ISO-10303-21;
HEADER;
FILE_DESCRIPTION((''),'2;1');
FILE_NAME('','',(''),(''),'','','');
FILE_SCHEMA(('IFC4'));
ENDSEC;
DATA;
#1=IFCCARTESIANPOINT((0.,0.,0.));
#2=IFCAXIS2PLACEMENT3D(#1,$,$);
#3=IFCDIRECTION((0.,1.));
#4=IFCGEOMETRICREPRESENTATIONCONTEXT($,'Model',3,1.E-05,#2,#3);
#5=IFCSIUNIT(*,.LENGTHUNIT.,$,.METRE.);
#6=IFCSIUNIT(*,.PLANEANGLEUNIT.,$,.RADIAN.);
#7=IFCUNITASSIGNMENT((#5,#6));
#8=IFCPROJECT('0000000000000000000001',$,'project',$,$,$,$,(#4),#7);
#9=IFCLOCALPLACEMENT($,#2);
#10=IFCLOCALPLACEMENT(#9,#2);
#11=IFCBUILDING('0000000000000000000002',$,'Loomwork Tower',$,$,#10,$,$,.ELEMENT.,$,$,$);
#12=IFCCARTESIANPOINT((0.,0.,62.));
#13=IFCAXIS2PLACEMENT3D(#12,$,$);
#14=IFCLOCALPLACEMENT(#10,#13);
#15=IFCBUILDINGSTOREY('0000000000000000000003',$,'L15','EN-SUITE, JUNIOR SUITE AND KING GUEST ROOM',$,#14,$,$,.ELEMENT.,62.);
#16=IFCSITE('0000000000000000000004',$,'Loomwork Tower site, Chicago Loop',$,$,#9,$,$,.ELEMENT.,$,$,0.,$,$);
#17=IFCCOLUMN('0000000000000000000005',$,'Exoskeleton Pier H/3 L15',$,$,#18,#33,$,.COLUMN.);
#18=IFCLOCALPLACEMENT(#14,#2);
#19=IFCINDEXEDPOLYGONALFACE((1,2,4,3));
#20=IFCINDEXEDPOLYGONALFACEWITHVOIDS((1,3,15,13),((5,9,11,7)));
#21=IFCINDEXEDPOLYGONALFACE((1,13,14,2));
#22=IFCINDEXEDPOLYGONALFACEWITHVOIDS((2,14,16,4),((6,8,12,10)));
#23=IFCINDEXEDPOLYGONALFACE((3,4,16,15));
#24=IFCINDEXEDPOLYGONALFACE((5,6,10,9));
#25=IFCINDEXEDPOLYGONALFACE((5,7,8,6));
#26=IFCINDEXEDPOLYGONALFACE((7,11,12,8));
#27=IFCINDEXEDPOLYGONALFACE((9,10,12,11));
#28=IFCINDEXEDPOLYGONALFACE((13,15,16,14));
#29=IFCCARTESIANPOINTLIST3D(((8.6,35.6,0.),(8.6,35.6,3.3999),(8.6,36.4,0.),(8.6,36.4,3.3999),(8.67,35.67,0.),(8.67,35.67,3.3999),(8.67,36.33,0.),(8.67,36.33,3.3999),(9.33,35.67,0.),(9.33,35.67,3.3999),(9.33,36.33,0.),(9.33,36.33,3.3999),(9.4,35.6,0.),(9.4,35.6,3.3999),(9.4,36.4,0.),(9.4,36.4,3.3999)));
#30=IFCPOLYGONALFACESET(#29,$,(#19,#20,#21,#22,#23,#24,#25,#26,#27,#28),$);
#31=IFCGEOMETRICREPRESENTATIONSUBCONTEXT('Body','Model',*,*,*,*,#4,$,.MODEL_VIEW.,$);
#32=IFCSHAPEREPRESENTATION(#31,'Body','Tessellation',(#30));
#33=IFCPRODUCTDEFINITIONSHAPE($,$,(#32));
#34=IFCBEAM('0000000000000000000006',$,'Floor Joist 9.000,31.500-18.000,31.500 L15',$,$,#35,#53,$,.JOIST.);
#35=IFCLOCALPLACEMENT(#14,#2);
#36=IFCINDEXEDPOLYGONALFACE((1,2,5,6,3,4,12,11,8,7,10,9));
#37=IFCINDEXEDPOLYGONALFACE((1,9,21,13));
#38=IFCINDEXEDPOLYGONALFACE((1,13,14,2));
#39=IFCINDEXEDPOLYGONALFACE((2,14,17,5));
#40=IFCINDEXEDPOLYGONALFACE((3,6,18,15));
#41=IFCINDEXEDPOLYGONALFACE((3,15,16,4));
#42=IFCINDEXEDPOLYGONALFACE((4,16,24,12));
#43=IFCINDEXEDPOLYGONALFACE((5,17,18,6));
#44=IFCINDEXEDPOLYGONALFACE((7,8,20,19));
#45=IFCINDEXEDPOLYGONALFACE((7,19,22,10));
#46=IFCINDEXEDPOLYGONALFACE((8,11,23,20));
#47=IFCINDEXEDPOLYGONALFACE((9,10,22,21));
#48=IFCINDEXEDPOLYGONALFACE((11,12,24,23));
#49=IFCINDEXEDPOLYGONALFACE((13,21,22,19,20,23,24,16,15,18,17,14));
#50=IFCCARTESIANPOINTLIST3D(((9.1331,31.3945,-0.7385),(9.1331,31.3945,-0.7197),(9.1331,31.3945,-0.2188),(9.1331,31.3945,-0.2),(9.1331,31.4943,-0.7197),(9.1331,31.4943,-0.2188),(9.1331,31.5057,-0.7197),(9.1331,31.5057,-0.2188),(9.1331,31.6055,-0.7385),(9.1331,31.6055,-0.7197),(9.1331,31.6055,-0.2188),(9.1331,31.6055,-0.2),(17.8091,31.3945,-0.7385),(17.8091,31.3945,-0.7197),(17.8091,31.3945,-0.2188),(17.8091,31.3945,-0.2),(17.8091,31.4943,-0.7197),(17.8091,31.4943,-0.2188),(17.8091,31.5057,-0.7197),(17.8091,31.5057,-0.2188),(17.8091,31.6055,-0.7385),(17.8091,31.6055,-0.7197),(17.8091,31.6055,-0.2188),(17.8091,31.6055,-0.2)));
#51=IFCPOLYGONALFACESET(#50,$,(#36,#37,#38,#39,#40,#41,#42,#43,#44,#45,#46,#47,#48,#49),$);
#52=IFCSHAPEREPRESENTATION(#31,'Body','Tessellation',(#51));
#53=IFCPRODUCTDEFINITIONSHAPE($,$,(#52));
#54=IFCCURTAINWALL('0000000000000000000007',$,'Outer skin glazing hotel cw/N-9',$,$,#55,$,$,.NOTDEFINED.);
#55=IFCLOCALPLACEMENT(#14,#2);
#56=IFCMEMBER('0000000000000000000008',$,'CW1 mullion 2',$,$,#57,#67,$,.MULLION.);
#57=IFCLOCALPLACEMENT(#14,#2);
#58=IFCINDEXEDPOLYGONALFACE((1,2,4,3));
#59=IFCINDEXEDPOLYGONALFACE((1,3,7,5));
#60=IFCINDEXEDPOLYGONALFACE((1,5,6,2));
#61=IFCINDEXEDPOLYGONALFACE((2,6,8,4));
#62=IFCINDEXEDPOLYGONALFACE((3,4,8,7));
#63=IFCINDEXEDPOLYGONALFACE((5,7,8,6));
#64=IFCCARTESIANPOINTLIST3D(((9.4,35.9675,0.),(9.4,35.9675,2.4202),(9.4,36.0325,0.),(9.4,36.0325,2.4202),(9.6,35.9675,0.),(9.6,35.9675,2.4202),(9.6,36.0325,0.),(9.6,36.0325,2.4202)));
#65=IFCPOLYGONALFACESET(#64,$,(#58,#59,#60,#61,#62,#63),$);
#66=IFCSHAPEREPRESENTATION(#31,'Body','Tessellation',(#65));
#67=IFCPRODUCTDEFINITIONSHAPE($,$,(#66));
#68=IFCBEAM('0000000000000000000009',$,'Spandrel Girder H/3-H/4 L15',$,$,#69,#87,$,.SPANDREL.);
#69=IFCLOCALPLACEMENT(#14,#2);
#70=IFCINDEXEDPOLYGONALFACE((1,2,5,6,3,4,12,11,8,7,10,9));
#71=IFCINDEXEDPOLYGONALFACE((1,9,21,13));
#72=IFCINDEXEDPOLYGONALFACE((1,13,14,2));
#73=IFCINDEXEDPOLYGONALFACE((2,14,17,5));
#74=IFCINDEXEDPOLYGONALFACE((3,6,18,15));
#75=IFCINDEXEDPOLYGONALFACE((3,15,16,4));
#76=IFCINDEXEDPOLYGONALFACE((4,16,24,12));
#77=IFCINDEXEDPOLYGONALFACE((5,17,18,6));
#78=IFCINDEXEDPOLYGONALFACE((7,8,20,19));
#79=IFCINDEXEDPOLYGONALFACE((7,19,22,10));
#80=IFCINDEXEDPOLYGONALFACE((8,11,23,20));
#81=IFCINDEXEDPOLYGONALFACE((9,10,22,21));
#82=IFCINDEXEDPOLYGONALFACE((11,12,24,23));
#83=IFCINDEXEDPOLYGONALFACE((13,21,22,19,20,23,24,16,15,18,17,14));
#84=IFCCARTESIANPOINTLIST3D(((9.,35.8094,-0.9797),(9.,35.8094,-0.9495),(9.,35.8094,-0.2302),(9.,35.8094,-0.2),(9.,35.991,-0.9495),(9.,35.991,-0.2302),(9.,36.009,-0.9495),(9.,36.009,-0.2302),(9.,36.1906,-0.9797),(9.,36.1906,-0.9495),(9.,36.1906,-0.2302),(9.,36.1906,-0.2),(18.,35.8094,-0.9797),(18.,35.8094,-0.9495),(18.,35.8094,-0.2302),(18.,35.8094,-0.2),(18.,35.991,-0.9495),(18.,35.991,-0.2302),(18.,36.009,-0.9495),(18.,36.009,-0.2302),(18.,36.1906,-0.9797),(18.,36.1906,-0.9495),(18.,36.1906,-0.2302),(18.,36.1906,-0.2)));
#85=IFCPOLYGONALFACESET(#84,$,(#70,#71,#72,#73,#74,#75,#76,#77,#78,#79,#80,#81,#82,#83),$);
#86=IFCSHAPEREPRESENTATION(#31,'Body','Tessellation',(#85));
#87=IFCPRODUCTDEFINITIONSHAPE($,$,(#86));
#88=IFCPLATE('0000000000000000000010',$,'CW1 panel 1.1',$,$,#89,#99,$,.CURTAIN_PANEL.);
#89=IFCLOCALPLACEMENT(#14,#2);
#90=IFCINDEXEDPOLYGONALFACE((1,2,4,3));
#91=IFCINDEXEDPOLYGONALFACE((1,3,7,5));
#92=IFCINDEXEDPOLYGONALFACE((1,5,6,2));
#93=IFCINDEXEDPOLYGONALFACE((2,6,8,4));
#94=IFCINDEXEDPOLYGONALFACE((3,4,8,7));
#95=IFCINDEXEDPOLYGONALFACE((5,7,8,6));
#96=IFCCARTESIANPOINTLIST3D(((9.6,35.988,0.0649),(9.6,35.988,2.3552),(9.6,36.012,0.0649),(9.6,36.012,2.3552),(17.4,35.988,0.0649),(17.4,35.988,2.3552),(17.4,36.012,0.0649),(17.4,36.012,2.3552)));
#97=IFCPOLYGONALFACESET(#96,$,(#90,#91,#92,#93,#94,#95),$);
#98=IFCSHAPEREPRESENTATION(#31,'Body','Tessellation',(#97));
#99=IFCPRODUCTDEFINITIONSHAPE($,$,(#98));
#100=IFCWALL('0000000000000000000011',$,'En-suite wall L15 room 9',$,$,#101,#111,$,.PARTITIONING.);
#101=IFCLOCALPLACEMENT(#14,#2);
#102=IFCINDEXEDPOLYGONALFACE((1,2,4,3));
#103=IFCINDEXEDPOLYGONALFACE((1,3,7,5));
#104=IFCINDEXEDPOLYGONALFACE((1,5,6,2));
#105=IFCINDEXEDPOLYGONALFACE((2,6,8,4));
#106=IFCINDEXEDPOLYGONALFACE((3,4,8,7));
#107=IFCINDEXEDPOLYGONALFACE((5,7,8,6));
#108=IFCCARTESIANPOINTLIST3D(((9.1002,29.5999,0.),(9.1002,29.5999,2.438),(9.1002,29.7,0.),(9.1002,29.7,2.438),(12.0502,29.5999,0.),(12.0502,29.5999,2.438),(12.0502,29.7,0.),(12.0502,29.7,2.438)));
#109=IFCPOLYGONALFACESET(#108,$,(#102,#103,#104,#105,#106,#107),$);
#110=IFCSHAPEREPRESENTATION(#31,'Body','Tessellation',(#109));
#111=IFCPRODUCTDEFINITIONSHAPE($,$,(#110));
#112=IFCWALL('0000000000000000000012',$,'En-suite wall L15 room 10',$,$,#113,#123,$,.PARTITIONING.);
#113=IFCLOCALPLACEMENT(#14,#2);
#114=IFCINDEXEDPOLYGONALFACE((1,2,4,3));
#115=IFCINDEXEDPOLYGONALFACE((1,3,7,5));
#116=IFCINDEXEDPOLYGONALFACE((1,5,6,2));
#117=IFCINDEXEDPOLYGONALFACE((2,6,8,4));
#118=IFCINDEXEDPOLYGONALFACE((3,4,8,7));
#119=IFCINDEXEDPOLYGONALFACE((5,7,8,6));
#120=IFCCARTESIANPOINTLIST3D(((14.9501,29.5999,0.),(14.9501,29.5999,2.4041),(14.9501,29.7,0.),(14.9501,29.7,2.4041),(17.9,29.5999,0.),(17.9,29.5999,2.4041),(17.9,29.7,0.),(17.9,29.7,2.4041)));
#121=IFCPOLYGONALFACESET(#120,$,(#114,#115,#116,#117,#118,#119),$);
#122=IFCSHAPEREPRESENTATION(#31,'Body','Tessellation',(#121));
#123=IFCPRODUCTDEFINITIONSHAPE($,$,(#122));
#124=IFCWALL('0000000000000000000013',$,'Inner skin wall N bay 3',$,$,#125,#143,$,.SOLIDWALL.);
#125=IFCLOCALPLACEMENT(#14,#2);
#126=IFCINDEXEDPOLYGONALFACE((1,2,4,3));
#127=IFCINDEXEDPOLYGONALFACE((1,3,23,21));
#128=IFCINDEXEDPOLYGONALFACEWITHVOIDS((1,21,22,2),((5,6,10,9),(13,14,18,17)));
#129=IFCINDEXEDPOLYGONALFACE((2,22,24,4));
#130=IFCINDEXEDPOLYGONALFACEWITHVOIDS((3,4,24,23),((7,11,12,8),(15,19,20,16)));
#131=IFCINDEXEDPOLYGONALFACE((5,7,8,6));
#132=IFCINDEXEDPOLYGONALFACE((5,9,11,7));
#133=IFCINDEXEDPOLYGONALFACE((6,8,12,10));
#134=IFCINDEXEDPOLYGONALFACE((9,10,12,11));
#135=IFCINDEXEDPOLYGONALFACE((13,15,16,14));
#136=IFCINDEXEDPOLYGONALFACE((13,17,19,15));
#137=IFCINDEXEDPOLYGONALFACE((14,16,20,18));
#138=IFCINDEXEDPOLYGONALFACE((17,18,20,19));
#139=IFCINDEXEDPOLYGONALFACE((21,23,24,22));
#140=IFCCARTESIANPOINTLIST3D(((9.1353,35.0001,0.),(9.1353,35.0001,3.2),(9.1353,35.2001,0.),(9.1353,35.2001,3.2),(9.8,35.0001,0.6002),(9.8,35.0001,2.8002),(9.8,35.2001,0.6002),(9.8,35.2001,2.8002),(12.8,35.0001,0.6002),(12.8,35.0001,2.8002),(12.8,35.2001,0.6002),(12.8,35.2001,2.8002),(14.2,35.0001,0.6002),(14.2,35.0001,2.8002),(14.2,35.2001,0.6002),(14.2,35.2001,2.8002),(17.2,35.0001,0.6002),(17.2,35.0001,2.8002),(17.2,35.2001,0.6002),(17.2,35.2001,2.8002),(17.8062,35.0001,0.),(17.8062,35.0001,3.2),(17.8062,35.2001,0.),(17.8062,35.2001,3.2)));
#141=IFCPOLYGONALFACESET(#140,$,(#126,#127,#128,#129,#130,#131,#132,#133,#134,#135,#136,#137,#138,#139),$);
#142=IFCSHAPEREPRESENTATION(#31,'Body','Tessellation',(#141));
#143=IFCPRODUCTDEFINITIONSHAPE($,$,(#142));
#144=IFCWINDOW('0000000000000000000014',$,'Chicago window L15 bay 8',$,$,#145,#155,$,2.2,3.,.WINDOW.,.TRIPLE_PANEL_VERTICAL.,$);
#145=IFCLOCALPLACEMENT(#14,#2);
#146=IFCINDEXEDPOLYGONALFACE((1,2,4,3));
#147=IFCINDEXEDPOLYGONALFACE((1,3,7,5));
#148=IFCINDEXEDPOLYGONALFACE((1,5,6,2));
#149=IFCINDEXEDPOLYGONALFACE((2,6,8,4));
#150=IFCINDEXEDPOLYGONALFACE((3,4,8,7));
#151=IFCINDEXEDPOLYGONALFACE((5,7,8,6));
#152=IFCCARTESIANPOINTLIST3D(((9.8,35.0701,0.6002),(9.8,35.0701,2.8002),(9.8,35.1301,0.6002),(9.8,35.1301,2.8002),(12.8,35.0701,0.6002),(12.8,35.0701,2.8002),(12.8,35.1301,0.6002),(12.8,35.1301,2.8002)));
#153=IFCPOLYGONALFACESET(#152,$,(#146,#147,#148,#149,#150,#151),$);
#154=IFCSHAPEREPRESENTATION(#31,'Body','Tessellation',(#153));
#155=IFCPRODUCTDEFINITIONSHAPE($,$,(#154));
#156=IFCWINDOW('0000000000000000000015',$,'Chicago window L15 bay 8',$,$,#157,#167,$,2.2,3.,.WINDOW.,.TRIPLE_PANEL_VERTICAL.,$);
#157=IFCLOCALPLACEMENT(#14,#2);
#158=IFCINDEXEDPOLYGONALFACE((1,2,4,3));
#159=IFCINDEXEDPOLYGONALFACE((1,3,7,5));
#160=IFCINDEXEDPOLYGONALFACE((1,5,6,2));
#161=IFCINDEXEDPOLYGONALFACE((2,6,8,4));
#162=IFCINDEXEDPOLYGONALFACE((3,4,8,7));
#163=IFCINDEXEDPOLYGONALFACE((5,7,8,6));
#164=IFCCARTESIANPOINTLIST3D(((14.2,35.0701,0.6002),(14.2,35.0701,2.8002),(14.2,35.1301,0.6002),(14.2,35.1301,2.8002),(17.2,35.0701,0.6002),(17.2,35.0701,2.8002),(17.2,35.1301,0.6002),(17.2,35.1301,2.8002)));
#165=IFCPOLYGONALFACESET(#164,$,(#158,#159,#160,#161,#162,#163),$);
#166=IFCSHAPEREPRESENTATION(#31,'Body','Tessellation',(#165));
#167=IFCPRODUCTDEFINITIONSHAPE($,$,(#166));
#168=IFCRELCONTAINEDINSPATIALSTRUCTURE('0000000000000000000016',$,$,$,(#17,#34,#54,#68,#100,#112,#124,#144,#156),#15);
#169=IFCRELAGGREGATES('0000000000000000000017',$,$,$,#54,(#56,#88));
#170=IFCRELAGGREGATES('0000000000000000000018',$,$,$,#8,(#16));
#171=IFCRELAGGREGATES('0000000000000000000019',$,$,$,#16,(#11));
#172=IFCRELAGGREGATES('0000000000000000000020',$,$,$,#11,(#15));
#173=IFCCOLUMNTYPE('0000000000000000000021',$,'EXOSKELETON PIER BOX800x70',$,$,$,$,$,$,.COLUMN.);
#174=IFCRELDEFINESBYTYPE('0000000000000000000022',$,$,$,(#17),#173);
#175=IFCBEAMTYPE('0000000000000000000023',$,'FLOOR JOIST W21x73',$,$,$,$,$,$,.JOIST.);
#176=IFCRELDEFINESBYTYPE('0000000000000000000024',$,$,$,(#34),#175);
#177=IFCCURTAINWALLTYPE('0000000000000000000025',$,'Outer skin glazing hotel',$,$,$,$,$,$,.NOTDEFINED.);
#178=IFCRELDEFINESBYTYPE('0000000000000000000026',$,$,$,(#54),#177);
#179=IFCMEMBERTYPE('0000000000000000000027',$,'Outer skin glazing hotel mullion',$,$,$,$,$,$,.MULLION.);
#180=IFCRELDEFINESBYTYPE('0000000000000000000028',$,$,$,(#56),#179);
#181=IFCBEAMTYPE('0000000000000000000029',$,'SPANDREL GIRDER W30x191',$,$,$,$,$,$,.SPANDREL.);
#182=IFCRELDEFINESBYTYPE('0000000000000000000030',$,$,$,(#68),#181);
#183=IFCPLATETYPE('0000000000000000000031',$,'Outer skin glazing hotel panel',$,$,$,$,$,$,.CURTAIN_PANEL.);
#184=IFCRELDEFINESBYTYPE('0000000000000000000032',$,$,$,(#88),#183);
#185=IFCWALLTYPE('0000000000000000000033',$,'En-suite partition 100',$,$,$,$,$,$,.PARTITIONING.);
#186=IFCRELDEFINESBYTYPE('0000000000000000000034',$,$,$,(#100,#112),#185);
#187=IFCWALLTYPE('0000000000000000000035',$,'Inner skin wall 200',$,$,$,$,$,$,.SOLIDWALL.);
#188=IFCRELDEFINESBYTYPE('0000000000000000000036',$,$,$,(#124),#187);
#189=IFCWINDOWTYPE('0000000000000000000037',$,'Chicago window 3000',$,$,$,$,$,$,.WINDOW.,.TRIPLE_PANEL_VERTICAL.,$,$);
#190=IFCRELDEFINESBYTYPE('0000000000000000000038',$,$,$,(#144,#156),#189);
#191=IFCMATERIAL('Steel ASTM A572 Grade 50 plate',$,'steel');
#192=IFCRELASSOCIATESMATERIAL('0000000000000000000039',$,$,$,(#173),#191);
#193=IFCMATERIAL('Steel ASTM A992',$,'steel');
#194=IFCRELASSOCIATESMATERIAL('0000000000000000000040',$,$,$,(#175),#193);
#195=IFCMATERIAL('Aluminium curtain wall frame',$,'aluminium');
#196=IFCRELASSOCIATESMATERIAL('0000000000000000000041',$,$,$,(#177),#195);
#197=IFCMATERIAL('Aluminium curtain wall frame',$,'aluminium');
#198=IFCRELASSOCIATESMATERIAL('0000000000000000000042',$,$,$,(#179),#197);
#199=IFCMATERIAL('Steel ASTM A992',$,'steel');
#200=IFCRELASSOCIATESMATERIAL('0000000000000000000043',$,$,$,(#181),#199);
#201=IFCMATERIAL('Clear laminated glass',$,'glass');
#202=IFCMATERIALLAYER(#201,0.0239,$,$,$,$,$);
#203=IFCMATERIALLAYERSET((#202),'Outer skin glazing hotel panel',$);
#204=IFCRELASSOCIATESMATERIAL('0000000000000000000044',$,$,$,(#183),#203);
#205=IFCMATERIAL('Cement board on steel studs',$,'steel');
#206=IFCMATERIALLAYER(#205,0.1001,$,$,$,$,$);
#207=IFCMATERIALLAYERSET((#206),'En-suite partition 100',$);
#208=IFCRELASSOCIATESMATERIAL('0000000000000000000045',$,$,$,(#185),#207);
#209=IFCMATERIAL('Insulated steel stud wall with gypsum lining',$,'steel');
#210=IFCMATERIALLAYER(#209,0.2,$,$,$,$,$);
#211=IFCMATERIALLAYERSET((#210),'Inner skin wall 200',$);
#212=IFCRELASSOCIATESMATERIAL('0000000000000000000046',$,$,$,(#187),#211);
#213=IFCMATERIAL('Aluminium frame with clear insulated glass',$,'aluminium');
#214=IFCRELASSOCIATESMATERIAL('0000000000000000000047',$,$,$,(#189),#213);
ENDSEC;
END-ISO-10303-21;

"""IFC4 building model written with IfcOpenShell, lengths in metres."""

from ifc_helpers import new_model, si_unit, direction, frame, frame_2d, origin, origin_2d, place, context, subcontext, project, spatial, rectangle, hollow_rectangle, i_section, extrude, material, layer, layer_set, material_profile, profile_set, type_object, element, fill, aggregate, save


model = new_model("IFC4")

# Units and contexts
model_context = context("Model", 3, precision=1e-05, world=origin(), true_north=direction((0.0, 1.0)))
body_context = subcontext(model_context, "Body", "Model", "MODEL_VIEW")
ifc_project = project(units=[si_unit("LENGTHUNIT", "METRE"), si_unit("PLANEANGLEUNIT", "RADIAN")], contexts=[model_context])

# Site, building, storey
site_placement = place(None, origin())
site = spatial("IfcSite", under=ifc_project, at=site_placement, Name="Loomwork Tower site, Chicago Loop", CompositionType="ELEMENT", RefElevation=0.0)
building_placement = place(site_placement, origin())
building = spatial("IfcBuilding", under=site, at=building_placement, Name="Loomwork Tower", CompositionType="ELEMENT")
storey_placement = place(building_placement, frame((0.0, 0.0, 62.0)))
storey = spatial("IfcBuildingStorey", under=building, at=storey_placement, Name="L15", Description="EN-SUITE, JUNIOR SUITE AND KING GUEST ROOM", CompositionType="ELEMENT", Elevation=62.0)

# Column
ifc_material_1 = material(Name="Steel ASTM A572 Grade 50 plate", Category="steel")
ifc_material_profile_1 = material_profile(ifc_material_1, hollow_rectangle(XDim=0.8, YDim=0.8, WallThickness=0.0701, at=origin_2d()), Name="BOX800x70")
ifc_profile_set_1 = profile_set([ifc_material_profile_1], Name="Steel ASTM A572 Grade 50 plate")
column_type = type_object("IfcColumnType", Name="EXOSKELETON PIER BOX800x70", PredefinedType="COLUMN", material=ifc_profile_set_1)
column_placement = place(storey_placement, frame((9.0, 36.0, 0.0), z_axis=(0.0, 0.0, 1.0), x_axis=(1.0, 0.0, 0.0)))
element("IfcColumn", 1, at=column_placement, inside=storey, type_object=column_type, Name="Exoskeleton Pier H/3 L15", PredefinedType="COLUMN", context=body_context, shape_type="SweptSolid", body=[
    extrude(hollow_rectangle(XDim=0.8, YDim=0.8, WallThickness=0.0701, at=origin_2d()), origin(), (0.0, 0.0, 1.0), 3.3999),
])

# Beam
ifc_material_2 = material(Name="Steel ASTM A992", Category="steel")
ifc_material_profile_2 = material_profile(ifc_material_2, i_section(OverallWidth=0.2109, OverallDepth=0.5386, WebThickness=0.0115, FlangeThickness=0.0188, at=origin_2d()), Name="W21x73")
ifc_profile_set_2 = profile_set([ifc_material_profile_2], Name="Steel ASTM A992")
beam_type_1 = type_object("IfcBeamType", Name="FLOOR JOIST W21x73", PredefinedType="JOIST", material=ifc_profile_set_2)
beam_1_placement = place(storey_placement, frame((9.1331, 31.5, -0.4692), z_axis=(1.0, 0.0, 0.0), x_axis=(0.0, 1.0, 0.0)))
element("IfcBeam", 2, at=beam_1_placement, inside=storey, type_object=beam_type_1, Name="Floor Joist 9.000,31.500-18.000,31.500 L15", PredefinedType="JOIST", context=body_context, shape_type="SweptSolid", body=[
    extrude(i_section(OverallWidth=0.2109, OverallDepth=0.5386, WebThickness=0.0115, FlangeThickness=0.0188, at=origin_2d()), origin(), (0.0, 0.0, 1.0), 8.676),
])

# Curtain wall, member
ifc_material_3 = material(Name="Aluminium curtain wall frame", Category="aluminium")
curtain_wall_type = type_object("IfcCurtainWallType", Name="Outer skin glazing hotel", PredefinedType="NOTDEFINED", material=ifc_material_3)
curtain_wall_placement = place(storey_placement, origin())
curtain_wall = element("IfcCurtainWall", 3, at=curtain_wall_placement, inside=storey, type_object=curtain_wall_type, Name="Outer skin glazing hotel cw/N-9", PredefinedType="NOTDEFINED")
ifc_material_4 = material(Name="Aluminium curtain wall frame", Category="aluminium")
ifc_material_profile_3 = material_profile(ifc_material_4, rectangle(XDim=0.0649, YDim=0.2, at=origin_2d()), Name="AL 65x200")
ifc_profile_set_3 = profile_set([ifc_material_profile_3], Name="Aluminium curtain wall frame")
member_type = type_object("IfcMemberType", Name="Outer skin glazing hotel mullion", PredefinedType="MULLION", material=ifc_profile_set_3)
member_placement = place(storey_placement, frame((9.5, 36.0, 0.0), z_axis=(0.0, 0.0, 1.0), x_axis=(0.0, -1.0, 0.0)))
member = element("IfcMember", 4, at=member_placement, type_object=member_type, Name="CW1 mullion 2", PredefinedType="MULLION", context=body_context, shape_type="SweptSolid", body=[
    extrude(rectangle(XDim=0.0649, YDim=0.2, at=origin_2d()), origin(), (0.0, 0.0, 1.0), 2.4202),
])

# Beam
ifc_material_5 = material(Name="Steel ASTM A992", Category="steel")
ifc_material_profile_4 = material_profile(ifc_material_5, i_section(OverallWidth=0.3811, OverallDepth=0.7798, WebThickness=0.0181, FlangeThickness=0.0303, at=origin_2d()), Name="W30x191")
ifc_profile_set_4 = profile_set([ifc_material_profile_4], Name="Steel ASTM A992")
beam_type_2 = type_object("IfcBeamType", Name="SPANDREL GIRDER W30x191", PredefinedType="SPANDREL", material=ifc_profile_set_4)
beam_2_placement = place(storey_placement, frame((9.0, 36.0, -0.5898), z_axis=(1.0, 0.0, 0.0), x_axis=(0.0, 1.0, 0.0)))
element("IfcBeam", 5, at=beam_2_placement, inside=storey, type_object=beam_type_2, Name="Spandrel Girder H/3-H/4 L15", PredefinedType="SPANDREL", context=body_context, shape_type="SweptSolid", body=[
    extrude(i_section(OverallWidth=0.3811, OverallDepth=0.7798, WebThickness=0.0181, FlangeThickness=0.0303, at=origin_2d()), origin(), (0.0, 0.0, 1.0), 9.0),
])

# Plate
ifc_material_6 = material(Name="Clear laminated glass", Category="glass")
ifc_layer_1 = layer(ifc_material_6, 0.0239)
ifc_layer_set_1 = layer_set([ifc_layer_1], Name="Outer skin glazing hotel panel")
plate_type = type_object("IfcPlateType", Name="Outer skin glazing hotel panel", PredefinedType="CURTAIN_PANEL", material=ifc_layer_set_1)
plate_placement = place(storey_placement, frame((13.5, 36.0, 0.0649), z_axis=(0.0, 0.0, 1.0), x_axis=(-1.0, 0.0, 0.0)))
plate = element("IfcPlate", 6, at=plate_placement, type_object=plate_type, Name="CW1 panel 1.1", PredefinedType="CURTAIN_PANEL", context=body_context, shape_type="SweptSolid", body=[
    extrude(rectangle(XDim=7.8, YDim=0.0239, at=origin_2d()), origin(), (0.0, 0.0, 1.0), 2.2903),
])
aggregate(curtain_wall, [member, plate])

# Walls
ifc_material_7 = material(Name="Cement board on steel studs", Category="steel")
ifc_layer_2 = layer(ifc_material_7, 0.1001)
ifc_layer_set_2 = layer_set([ifc_layer_2], Name="En-suite partition 100")
wall_type_1 = type_object("IfcWallType", Name="En-suite partition 100", PredefinedType="PARTITIONING", material=ifc_layer_set_2)
wall_1_placement = place(storey_placement, frame((9.1001, 29.6499, 0.0), z_axis=(0.0, 0.0, 1.0), x_axis=(1.0, 0.0, 0.0)))
element("IfcWall", 7, at=wall_1_placement, inside=storey, type_object=wall_type_1, Name="En-suite wall L15 room 9", PredefinedType="PARTITIONING", context=body_context, shape_type="SweptSolid", body=[
    extrude(rectangle(XDim=2.95, YDim=0.1001, at=frame_2d((1.4751, 0.0))), origin(), (0.0, 0.0, 1.0), 2.438),
])
wall_2_placement = place(storey_placement, frame((14.95, 29.6499, 0.0), z_axis=(0.0, 0.0, 1.0), x_axis=(1.0, 0.0, 0.0)))
element("IfcWall", 8, at=wall_2_placement, inside=storey, type_object=wall_type_1, Name="En-suite wall L15 room 10", PredefinedType="PARTITIONING", context=body_context, shape_type="SweptSolid", body=[
    extrude(rectangle(XDim=2.95, YDim=0.1001, at=frame_2d((1.4751, 0.0))), origin(), (0.0, 0.0, 1.0), 2.4041),
])

# Wall, openings, windows
ifc_material_8 = material(Name="Insulated steel stud wall with gypsum lining", Category="steel")
ifc_layer_3 = layer(ifc_material_8, 0.2)
ifc_layer_set_3 = layer_set([ifc_layer_3], Name="Inner skin wall 200")
wall_type_2 = type_object("IfcWallType", Name="Inner skin wall 200", PredefinedType="SOLIDWALL", material=ifc_layer_set_3)
wall_3_placement = place(storey_placement, frame((9.1353, 35.1001, 0.0), z_axis=(0.0, 0.0, 1.0), x_axis=(1.0, 0.0, 0.0)))
wall_3 = element("IfcWall", 9, at=wall_3_placement, inside=storey, type_object=wall_type_2, Name="Inner skin wall N bay 3", PredefinedType="SOLIDWALL", context=body_context, shape_type="SweptSolid", body=[
    extrude(rectangle(XDim=8.6709, YDim=0.2, at=frame_2d((4.3354, 0.0))), origin(), (0.0, 0.0, 1.0), 3.2),
])
opening_1_placement = place(wall_3_placement, frame((0.6648, 0.0, 0.6001)))
opening_1 = element("IfcOpeningElement", 10, at=opening_1_placement, cuts=wall_3, PredefinedType="OPENING", context=body_context, shape_type="SweptSolid", body=[
    extrude(rectangle(XDim=3.0, YDim=2.2, at=frame_2d((1.5, 1.1001))), frame((0.0, 0.1099, 0.0), z_axis=(0.0, -1.0, 0.0), x_axis=(1.0, 0.0, 0.0)), (0.0, 0.0, 1.0), 0.22),
])
opening_2_placement = place(wall_3_placement, frame((5.0647, 0.0, 0.6001)))
opening_2 = element("IfcOpeningElement", 11, at=opening_2_placement, cuts=wall_3, PredefinedType="OPENING", context=body_context, shape_type="SweptSolid", body=[
    extrude(rectangle(XDim=3.0, YDim=2.2, at=frame_2d((1.5, 1.1001))), frame((0.0, 0.1099, 0.0), z_axis=(0.0, -1.0, 0.0), x_axis=(1.0, 0.0, 0.0)), (0.0, 0.0, 1.0), 0.22),
])
ifc_material_9 = material(Name="Aluminium frame with clear insulated glass", Category="aluminium")
window_type = type_object("IfcWindowType", Name="Chicago window 3000", PartitioningType="TRIPLE_PANEL_VERTICAL", PredefinedType="WINDOW", material=ifc_material_9)
window_1_placement = place(opening_1_placement, origin())
window_1 = element("IfcWindow", 12, at=window_1_placement, inside=storey, type_object=window_type, Name="Chicago window L15 bay 8", OverallHeight=2.2, OverallWidth=3.0, PartitioningType="TRIPLE_PANEL_VERTICAL", PredefinedType="WINDOW", context=body_context, shape_type="SweptSolid", body=[
    extrude(rectangle(XDim=3.0, YDim=2.2, at=frame_2d((1.5, 1.1001))), frame((0.0, 0.03, 0.0), z_axis=(0.0, -1.0, 0.0), x_axis=(1.0, 0.0, 0.0)), (0.0, 0.0, 1.0), 0.0601),
])
fill(opening_1, window_1)
window_2_placement = place(opening_2_placement, origin())
window_2 = element("IfcWindow", 13, at=window_2_placement, inside=storey, type_object=window_type, Name="Chicago window L15 bay 8", OverallHeight=2.2, OverallWidth=3.0, PartitioningType="TRIPLE_PANEL_VERTICAL", PredefinedType="WINDOW", context=body_context, shape_type="SweptSolid", body=[
    extrude(rectangle(XDim=3.0, YDim=2.2, at=frame_2d((1.5, 1.1001))), frame((0.0, 0.03, 0.0), z_axis=(0.0, -1.0, 0.0), x_axis=(1.0, 0.0, 0.0)), (0.0, 0.0, 1.0), 0.0601),
])
fill(opening_2, window_2)

save(model, "model.ifc")
